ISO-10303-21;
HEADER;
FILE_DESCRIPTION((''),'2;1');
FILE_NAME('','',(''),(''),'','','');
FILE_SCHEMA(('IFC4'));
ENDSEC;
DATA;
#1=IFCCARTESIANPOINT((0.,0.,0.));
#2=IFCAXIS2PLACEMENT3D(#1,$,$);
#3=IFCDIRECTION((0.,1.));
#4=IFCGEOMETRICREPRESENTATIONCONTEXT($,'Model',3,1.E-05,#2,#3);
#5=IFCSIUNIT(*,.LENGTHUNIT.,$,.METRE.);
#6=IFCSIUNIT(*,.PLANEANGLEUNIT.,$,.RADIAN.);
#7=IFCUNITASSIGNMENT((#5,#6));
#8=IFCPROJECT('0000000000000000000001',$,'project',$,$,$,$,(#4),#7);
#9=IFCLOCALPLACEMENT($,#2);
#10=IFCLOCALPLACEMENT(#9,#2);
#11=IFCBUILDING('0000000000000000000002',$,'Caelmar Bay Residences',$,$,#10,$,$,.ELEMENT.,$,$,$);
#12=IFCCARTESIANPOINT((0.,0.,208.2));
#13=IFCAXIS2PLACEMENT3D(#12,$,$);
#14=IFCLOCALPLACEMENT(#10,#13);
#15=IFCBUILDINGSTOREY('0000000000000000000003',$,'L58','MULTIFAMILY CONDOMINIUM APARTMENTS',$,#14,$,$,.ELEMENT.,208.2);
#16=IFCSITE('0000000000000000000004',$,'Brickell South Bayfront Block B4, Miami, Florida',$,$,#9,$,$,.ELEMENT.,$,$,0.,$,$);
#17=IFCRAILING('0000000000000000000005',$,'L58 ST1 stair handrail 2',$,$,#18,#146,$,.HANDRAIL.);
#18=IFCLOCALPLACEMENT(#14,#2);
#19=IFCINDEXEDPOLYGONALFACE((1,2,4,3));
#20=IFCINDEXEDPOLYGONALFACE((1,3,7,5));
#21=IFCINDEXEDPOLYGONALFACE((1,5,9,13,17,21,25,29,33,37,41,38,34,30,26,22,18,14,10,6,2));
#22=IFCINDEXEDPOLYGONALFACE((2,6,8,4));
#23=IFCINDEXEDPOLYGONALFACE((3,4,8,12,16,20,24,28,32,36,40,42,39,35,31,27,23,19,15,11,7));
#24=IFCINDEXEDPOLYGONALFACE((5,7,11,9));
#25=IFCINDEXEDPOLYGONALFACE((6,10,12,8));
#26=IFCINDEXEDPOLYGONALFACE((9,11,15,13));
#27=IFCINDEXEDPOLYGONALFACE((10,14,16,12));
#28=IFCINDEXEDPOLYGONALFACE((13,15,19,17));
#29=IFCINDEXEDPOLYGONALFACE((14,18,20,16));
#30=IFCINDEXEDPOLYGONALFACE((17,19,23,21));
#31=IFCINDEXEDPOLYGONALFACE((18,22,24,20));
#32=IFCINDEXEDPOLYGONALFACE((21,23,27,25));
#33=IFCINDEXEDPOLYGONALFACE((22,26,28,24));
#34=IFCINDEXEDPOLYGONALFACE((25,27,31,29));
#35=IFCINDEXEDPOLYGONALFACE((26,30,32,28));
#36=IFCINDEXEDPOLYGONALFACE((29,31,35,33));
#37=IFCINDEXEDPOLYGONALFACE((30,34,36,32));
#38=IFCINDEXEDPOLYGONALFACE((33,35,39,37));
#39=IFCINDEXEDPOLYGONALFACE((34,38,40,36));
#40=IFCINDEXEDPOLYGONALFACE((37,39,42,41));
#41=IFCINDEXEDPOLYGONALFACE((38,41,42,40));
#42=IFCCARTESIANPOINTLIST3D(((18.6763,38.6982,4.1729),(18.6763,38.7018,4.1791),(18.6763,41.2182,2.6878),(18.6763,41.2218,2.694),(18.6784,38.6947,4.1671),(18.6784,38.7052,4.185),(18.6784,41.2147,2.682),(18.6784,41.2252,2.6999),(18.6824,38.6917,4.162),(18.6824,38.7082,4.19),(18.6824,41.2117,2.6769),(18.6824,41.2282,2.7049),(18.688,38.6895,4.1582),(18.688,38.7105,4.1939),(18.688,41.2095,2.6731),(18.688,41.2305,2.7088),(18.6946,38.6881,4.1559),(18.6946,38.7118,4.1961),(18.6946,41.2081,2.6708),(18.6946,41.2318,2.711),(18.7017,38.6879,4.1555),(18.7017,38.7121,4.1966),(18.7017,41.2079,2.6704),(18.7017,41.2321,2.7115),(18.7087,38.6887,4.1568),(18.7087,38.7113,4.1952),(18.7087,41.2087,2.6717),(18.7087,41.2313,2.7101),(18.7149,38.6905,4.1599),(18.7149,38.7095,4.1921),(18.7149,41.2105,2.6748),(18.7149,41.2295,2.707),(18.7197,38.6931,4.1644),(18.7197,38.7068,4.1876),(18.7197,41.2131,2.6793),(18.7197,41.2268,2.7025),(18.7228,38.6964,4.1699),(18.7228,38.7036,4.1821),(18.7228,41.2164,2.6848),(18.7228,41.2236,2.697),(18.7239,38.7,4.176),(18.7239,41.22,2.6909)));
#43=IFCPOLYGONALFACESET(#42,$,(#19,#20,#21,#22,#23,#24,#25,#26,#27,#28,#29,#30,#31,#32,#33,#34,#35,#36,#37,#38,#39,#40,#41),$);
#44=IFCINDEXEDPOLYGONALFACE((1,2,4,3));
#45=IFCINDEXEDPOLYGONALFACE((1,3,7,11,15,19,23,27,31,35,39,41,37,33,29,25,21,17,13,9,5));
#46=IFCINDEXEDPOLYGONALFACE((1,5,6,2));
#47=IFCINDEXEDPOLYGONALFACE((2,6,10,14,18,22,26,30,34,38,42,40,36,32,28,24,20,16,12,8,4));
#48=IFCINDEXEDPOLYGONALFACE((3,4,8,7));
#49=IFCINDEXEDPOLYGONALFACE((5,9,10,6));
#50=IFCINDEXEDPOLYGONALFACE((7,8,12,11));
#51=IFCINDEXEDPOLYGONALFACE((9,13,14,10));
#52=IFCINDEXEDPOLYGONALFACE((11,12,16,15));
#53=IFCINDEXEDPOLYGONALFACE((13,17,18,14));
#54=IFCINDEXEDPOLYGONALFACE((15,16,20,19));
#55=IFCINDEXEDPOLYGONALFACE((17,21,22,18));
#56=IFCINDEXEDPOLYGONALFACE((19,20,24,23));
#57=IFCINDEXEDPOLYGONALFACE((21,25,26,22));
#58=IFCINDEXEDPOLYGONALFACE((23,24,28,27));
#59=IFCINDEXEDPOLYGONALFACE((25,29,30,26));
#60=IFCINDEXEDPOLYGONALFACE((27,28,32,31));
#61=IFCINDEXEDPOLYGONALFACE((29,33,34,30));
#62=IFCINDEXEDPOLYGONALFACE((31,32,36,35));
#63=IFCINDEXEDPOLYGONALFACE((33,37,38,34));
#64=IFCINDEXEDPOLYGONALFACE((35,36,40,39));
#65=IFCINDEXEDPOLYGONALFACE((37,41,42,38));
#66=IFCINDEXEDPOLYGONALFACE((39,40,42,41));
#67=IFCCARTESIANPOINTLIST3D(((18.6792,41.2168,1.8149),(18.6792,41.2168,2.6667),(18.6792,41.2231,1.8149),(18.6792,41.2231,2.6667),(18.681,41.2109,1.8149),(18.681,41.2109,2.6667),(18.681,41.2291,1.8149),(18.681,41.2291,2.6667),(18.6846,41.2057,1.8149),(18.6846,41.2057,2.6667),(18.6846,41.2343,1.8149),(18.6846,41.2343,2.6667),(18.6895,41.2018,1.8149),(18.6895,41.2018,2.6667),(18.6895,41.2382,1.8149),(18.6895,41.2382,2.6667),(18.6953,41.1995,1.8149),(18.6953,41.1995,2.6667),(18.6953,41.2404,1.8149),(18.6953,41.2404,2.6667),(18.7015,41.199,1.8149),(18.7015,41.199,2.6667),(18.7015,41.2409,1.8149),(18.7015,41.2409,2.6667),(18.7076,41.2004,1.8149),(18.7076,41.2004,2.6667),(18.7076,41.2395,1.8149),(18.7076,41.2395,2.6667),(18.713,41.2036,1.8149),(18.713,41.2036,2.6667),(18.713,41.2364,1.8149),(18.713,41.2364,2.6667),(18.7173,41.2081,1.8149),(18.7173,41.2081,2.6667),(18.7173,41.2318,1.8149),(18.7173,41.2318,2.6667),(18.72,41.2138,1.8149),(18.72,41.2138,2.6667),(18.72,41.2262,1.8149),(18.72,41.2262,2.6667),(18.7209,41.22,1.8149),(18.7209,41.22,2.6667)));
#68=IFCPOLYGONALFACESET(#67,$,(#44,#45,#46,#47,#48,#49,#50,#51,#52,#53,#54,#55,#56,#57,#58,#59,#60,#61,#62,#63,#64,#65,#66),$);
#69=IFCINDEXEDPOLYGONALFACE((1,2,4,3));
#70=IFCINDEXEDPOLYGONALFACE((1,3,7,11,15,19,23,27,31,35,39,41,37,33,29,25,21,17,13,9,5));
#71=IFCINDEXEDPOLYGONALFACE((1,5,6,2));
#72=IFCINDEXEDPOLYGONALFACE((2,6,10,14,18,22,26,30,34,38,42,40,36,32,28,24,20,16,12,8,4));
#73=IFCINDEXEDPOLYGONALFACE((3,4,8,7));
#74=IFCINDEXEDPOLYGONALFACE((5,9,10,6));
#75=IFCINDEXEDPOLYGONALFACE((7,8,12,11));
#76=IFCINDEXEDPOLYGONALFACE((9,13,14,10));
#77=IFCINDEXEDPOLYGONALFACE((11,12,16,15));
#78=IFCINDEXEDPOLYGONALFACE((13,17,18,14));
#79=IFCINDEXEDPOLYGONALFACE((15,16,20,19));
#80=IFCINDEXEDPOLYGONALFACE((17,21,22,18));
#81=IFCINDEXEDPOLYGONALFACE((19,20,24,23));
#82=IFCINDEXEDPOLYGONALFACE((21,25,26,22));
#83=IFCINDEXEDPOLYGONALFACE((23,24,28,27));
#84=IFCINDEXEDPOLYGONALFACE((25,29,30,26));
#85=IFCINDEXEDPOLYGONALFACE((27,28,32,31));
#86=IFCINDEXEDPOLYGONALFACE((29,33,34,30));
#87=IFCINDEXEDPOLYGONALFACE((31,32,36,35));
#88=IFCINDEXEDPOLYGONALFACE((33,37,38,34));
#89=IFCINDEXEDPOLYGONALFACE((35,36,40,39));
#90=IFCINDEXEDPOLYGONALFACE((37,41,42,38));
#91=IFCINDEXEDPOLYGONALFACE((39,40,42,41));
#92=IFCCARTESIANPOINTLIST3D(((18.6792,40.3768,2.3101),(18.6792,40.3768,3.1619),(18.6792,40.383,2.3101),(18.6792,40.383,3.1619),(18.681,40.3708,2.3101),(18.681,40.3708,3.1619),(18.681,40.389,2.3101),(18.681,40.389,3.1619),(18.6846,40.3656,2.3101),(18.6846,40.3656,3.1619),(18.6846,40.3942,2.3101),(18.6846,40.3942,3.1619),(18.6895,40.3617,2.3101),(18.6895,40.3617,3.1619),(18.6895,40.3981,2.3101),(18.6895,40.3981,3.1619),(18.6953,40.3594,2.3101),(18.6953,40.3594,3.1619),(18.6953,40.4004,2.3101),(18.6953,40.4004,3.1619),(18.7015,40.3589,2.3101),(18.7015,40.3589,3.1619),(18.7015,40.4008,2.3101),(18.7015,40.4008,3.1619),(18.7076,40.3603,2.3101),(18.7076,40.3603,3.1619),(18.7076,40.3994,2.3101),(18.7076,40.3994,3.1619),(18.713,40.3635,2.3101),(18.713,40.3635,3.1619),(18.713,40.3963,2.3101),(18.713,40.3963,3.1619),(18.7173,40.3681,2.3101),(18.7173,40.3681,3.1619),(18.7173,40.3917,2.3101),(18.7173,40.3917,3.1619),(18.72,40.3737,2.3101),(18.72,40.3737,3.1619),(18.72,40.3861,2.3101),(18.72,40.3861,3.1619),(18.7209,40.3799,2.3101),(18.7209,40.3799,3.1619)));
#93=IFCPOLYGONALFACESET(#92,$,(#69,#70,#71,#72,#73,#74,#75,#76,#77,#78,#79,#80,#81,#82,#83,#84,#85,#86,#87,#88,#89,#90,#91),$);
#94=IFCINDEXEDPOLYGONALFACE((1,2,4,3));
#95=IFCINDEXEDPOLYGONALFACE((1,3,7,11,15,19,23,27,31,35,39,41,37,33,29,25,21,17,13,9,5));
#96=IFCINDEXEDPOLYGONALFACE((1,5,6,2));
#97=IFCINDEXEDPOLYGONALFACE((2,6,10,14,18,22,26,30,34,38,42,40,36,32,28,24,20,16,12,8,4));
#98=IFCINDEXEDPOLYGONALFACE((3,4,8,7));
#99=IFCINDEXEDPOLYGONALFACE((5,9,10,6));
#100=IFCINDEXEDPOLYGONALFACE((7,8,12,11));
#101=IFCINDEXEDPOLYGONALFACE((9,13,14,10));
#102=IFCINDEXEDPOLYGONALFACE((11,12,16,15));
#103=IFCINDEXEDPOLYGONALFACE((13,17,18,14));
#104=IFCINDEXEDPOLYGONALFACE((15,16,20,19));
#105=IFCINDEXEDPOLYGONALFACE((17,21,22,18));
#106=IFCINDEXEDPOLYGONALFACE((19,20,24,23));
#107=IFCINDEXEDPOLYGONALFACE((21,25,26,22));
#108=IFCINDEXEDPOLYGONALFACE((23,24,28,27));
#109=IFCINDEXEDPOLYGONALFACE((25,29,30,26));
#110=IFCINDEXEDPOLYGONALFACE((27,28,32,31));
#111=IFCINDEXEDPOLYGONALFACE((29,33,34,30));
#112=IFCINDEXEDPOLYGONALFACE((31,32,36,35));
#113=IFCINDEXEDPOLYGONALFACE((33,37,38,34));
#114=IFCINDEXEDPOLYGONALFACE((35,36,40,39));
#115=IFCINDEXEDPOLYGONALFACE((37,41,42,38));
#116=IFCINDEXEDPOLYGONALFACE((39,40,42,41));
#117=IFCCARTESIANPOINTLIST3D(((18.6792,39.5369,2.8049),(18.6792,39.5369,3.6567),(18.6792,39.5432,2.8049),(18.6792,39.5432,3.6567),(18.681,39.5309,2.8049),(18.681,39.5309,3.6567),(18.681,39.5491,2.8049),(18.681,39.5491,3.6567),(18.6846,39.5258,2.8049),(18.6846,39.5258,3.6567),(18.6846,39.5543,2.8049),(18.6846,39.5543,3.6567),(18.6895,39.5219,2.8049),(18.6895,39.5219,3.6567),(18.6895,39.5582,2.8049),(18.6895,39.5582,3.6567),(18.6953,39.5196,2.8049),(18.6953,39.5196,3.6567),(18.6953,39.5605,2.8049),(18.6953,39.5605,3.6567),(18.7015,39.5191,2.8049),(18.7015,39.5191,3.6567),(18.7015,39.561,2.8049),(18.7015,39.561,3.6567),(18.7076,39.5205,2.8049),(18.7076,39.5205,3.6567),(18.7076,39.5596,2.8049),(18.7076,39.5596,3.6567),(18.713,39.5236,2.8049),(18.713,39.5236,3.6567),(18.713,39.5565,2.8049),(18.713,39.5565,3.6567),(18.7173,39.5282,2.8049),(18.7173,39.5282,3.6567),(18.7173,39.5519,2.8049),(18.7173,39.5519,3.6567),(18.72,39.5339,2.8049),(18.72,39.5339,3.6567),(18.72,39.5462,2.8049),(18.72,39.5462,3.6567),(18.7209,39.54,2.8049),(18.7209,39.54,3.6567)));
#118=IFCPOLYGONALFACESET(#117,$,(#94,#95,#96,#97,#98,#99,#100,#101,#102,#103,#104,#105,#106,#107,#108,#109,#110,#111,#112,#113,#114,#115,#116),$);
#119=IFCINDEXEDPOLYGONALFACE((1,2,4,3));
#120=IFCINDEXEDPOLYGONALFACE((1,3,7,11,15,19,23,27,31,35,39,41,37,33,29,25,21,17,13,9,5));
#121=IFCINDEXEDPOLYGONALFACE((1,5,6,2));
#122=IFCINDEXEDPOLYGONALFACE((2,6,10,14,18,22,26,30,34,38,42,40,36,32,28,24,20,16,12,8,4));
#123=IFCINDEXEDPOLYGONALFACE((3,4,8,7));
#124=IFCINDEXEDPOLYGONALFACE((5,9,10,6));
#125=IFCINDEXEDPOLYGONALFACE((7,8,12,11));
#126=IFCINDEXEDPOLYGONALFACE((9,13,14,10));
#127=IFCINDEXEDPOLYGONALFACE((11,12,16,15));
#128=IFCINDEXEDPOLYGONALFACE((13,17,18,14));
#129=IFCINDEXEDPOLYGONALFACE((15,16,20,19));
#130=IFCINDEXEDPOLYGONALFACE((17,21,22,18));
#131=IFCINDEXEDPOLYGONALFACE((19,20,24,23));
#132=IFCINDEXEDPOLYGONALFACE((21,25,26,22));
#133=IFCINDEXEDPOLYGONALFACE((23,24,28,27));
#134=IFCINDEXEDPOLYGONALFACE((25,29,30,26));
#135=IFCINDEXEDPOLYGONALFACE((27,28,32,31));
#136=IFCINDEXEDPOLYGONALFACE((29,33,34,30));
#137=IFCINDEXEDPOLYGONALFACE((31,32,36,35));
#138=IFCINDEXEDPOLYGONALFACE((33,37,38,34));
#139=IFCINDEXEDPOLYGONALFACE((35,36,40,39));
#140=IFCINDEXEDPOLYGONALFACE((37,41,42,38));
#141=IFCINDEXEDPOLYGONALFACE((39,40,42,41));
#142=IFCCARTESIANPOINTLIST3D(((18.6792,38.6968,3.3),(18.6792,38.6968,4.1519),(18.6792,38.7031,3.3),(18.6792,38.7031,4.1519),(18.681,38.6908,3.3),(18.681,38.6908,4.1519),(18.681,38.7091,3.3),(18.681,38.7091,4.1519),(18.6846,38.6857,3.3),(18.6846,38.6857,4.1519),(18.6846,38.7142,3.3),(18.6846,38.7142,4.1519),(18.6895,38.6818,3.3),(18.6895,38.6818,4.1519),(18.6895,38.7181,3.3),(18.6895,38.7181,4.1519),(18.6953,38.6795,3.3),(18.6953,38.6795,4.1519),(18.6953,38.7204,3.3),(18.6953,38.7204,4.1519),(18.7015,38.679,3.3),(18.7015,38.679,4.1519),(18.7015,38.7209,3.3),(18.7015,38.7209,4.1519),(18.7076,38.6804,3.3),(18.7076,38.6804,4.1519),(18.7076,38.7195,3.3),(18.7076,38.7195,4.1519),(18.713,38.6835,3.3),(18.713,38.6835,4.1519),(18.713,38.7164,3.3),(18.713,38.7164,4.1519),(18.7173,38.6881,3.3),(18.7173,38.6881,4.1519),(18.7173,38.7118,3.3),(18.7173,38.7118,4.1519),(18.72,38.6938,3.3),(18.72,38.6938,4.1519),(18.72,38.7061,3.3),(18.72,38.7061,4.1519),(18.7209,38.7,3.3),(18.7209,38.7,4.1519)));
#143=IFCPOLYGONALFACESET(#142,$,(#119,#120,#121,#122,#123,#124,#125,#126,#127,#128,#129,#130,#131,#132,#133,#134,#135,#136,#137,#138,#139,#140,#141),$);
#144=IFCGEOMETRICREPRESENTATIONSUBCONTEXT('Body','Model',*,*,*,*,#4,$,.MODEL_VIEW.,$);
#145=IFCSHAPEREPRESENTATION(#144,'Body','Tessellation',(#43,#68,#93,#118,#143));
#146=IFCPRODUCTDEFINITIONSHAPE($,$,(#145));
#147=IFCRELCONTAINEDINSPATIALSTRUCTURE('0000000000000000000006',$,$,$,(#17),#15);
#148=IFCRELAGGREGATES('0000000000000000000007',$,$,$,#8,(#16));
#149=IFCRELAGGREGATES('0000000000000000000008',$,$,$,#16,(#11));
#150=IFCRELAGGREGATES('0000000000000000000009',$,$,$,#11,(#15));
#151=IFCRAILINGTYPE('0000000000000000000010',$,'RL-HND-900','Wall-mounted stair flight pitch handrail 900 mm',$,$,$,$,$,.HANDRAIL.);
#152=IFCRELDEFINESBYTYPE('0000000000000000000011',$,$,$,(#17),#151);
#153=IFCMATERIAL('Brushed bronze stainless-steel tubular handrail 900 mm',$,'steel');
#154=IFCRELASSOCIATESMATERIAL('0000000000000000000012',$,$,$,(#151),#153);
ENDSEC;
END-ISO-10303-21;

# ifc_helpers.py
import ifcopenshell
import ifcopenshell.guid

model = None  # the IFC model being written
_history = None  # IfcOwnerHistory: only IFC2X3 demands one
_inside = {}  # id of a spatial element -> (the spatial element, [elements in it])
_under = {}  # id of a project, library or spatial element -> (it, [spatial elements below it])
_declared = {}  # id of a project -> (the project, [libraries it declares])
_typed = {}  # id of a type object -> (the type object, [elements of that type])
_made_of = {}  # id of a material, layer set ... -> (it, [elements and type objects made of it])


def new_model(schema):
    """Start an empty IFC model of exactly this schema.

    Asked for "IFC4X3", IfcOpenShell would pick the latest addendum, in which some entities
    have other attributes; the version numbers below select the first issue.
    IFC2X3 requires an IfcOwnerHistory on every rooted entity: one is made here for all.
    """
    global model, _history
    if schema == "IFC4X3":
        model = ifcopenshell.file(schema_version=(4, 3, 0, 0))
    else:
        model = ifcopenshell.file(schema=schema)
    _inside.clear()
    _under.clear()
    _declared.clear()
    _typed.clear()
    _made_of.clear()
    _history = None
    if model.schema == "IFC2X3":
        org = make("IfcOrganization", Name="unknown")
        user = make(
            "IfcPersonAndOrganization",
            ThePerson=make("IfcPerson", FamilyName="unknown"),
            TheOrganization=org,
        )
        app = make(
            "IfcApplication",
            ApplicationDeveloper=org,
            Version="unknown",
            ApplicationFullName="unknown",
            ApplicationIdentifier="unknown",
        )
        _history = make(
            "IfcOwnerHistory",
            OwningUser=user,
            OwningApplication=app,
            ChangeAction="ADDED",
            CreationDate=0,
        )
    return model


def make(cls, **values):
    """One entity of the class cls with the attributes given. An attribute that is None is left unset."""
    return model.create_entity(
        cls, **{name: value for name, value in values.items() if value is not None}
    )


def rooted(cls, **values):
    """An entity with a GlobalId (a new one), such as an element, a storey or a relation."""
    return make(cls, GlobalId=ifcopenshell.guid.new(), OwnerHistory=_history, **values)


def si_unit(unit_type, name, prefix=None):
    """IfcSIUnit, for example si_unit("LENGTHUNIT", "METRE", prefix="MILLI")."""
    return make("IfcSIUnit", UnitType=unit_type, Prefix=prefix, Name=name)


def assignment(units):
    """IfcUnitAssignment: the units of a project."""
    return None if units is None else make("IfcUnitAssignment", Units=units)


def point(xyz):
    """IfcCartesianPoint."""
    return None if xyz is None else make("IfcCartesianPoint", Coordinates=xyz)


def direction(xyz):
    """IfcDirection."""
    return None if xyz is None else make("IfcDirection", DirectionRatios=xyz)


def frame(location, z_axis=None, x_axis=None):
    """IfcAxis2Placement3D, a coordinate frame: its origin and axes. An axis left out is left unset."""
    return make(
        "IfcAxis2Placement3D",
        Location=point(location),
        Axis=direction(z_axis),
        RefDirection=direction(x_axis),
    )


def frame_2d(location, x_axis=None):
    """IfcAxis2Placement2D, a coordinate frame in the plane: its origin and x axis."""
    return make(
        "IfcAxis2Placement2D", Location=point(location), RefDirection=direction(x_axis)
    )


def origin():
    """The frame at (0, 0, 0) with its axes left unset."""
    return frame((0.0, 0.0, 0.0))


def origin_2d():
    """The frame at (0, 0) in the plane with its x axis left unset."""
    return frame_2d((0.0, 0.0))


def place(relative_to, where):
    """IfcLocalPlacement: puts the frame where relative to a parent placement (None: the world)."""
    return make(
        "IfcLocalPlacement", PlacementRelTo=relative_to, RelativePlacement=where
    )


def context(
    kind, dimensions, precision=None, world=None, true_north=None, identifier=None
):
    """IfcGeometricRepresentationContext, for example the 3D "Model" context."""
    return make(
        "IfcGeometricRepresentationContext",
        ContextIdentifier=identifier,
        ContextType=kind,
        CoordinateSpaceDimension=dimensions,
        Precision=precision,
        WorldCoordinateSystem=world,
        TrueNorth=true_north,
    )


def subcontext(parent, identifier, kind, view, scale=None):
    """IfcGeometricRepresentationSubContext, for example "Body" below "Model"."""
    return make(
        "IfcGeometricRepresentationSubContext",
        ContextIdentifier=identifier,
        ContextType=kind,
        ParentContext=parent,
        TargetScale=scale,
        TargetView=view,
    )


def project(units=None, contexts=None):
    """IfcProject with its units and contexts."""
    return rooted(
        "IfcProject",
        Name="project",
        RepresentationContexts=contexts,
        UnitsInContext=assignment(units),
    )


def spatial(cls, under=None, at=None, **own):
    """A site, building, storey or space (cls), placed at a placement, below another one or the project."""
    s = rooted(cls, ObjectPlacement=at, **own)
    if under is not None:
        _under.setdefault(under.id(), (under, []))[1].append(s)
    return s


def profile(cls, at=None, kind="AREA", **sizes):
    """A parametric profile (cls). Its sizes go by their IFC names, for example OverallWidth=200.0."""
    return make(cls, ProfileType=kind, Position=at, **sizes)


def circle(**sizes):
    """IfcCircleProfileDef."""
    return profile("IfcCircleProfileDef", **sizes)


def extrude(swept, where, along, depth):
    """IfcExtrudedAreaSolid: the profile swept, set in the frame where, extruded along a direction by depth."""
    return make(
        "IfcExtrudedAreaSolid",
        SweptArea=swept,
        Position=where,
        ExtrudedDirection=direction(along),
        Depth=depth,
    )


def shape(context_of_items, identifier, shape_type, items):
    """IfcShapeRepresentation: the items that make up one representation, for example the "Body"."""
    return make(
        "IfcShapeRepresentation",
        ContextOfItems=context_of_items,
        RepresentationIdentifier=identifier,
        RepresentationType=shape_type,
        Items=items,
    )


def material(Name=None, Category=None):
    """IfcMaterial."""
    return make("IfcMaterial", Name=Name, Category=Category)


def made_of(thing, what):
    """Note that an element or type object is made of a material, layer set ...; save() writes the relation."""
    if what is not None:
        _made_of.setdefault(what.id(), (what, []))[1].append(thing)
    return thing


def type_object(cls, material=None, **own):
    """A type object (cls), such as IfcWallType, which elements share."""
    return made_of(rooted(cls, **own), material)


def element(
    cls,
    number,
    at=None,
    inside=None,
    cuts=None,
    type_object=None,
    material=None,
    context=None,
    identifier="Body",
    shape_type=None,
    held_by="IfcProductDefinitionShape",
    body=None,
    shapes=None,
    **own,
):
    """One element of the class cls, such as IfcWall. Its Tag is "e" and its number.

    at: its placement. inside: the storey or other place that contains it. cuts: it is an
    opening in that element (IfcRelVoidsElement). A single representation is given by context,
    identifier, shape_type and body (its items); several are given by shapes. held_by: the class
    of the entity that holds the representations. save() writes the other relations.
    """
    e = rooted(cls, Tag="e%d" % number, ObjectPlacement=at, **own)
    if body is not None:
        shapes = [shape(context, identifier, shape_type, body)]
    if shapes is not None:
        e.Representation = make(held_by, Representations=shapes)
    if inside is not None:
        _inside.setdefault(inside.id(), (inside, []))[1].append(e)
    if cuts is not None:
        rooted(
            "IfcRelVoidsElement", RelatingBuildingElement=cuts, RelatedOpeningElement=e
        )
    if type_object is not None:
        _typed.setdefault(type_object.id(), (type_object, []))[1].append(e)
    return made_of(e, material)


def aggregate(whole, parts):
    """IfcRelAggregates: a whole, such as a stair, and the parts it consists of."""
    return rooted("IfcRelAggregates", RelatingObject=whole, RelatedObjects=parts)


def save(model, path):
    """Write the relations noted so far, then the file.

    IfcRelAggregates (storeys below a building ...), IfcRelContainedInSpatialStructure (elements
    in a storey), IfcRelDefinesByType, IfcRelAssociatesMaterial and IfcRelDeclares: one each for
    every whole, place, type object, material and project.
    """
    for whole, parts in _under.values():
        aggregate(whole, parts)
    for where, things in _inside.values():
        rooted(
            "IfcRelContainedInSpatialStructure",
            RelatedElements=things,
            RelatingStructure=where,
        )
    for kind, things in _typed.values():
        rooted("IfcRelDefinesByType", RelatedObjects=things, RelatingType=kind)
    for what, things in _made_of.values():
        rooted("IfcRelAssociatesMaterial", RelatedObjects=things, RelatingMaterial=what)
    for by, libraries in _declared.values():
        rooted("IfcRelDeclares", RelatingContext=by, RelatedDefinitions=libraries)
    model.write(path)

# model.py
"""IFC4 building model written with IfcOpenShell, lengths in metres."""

from ifc_helpers import new_model, si_unit, direction, frame, origin, origin_2d, place, context, subcontext, project, spatial, circle, extrude, material, type_object, element, save


model = new_model("IFC4")

# Units and contexts
model_context = context("Model", 3, precision=1e-05, world=origin(), true_north=direction((0.0, 1.0)))
body_context = subcontext(model_context, "Body", "Model", "MODEL_VIEW")
ifc_project = project(units=[si_unit("LENGTHUNIT", "METRE"), si_unit("PLANEANGLEUNIT", "RADIAN")], contexts=[model_context])

# Site, building, storey
site_placement = place(None, origin())
site = spatial("IfcSite", under=ifc_project, at=site_placement, Name="Brickell South Bayfront Block B4, Miami, Florida", CompositionType="ELEMENT", RefElevation=0.0)
building_placement = place(site_placement, origin())
building = spatial("IfcBuilding", under=site, at=building_placement, Name="Caelmar Bay Residences", CompositionType="ELEMENT")
storey_placement = place(building_placement, frame((0.0, 0.0, 208.2)))
storey = spatial("IfcBuildingStorey", under=building, at=storey_placement, Name="L58", Description="MULTIFAMILY CONDOMINIUM APARTMENTS", CompositionType="ELEMENT", Elevation=208.2)

# Railing
ifc_material_1 = material(Name="Brushed bronze stainless-steel tubular handrail 900 mm", Category="steel")
railing_type_1 = type_object("IfcRailingType", Name="RL-HND-900", Description="Wall-mounted stair flight pitch handrail 900 mm", PredefinedType="HANDRAIL", material=ifc_material_1)
railing_1_placement = place(storey_placement, frame((18.7, 41.22, 1.8149)))
element("IfcRailing", 1, at=railing_1_placement, inside=storey, type_object=railing_type_1, Name="L58 ST1 stair handrail 2", PredefinedType="HANDRAIL", context=body_context, shape_type="SweptSolid", body=[
    extrude(circle(Radius=0.0239, at=origin_2d()), frame((0.0, 0.0, 0.876), z_axis=(0.0, -0.861524, 0.507717), x_axis=(1.0, 0.0, 0.0)), (0.0, 0.0, 1.0), 2.925),
    extrude(circle(Radius=0.021, at=origin_2d()), origin(), (0.0, 0.0, 1.0), 0.8518),
    extrude(circle(Radius=0.021, at=origin_2d()), frame((0.0, -0.8401, 0.4951)), (0.0, 0.0, 1.0), 0.8518),
    extrude(circle(Radius=0.021, at=origin_2d()), frame((0.0, -1.6799, 0.99)), (0.0, 0.0, 1.0), 0.8518),
    extrude(circle(Radius=0.021, at=origin_2d()), frame((0.0, -2.52, 1.4851)), (0.0, 0.0, 1.0), 0.8518),
])

save(model, "model.ifc")
